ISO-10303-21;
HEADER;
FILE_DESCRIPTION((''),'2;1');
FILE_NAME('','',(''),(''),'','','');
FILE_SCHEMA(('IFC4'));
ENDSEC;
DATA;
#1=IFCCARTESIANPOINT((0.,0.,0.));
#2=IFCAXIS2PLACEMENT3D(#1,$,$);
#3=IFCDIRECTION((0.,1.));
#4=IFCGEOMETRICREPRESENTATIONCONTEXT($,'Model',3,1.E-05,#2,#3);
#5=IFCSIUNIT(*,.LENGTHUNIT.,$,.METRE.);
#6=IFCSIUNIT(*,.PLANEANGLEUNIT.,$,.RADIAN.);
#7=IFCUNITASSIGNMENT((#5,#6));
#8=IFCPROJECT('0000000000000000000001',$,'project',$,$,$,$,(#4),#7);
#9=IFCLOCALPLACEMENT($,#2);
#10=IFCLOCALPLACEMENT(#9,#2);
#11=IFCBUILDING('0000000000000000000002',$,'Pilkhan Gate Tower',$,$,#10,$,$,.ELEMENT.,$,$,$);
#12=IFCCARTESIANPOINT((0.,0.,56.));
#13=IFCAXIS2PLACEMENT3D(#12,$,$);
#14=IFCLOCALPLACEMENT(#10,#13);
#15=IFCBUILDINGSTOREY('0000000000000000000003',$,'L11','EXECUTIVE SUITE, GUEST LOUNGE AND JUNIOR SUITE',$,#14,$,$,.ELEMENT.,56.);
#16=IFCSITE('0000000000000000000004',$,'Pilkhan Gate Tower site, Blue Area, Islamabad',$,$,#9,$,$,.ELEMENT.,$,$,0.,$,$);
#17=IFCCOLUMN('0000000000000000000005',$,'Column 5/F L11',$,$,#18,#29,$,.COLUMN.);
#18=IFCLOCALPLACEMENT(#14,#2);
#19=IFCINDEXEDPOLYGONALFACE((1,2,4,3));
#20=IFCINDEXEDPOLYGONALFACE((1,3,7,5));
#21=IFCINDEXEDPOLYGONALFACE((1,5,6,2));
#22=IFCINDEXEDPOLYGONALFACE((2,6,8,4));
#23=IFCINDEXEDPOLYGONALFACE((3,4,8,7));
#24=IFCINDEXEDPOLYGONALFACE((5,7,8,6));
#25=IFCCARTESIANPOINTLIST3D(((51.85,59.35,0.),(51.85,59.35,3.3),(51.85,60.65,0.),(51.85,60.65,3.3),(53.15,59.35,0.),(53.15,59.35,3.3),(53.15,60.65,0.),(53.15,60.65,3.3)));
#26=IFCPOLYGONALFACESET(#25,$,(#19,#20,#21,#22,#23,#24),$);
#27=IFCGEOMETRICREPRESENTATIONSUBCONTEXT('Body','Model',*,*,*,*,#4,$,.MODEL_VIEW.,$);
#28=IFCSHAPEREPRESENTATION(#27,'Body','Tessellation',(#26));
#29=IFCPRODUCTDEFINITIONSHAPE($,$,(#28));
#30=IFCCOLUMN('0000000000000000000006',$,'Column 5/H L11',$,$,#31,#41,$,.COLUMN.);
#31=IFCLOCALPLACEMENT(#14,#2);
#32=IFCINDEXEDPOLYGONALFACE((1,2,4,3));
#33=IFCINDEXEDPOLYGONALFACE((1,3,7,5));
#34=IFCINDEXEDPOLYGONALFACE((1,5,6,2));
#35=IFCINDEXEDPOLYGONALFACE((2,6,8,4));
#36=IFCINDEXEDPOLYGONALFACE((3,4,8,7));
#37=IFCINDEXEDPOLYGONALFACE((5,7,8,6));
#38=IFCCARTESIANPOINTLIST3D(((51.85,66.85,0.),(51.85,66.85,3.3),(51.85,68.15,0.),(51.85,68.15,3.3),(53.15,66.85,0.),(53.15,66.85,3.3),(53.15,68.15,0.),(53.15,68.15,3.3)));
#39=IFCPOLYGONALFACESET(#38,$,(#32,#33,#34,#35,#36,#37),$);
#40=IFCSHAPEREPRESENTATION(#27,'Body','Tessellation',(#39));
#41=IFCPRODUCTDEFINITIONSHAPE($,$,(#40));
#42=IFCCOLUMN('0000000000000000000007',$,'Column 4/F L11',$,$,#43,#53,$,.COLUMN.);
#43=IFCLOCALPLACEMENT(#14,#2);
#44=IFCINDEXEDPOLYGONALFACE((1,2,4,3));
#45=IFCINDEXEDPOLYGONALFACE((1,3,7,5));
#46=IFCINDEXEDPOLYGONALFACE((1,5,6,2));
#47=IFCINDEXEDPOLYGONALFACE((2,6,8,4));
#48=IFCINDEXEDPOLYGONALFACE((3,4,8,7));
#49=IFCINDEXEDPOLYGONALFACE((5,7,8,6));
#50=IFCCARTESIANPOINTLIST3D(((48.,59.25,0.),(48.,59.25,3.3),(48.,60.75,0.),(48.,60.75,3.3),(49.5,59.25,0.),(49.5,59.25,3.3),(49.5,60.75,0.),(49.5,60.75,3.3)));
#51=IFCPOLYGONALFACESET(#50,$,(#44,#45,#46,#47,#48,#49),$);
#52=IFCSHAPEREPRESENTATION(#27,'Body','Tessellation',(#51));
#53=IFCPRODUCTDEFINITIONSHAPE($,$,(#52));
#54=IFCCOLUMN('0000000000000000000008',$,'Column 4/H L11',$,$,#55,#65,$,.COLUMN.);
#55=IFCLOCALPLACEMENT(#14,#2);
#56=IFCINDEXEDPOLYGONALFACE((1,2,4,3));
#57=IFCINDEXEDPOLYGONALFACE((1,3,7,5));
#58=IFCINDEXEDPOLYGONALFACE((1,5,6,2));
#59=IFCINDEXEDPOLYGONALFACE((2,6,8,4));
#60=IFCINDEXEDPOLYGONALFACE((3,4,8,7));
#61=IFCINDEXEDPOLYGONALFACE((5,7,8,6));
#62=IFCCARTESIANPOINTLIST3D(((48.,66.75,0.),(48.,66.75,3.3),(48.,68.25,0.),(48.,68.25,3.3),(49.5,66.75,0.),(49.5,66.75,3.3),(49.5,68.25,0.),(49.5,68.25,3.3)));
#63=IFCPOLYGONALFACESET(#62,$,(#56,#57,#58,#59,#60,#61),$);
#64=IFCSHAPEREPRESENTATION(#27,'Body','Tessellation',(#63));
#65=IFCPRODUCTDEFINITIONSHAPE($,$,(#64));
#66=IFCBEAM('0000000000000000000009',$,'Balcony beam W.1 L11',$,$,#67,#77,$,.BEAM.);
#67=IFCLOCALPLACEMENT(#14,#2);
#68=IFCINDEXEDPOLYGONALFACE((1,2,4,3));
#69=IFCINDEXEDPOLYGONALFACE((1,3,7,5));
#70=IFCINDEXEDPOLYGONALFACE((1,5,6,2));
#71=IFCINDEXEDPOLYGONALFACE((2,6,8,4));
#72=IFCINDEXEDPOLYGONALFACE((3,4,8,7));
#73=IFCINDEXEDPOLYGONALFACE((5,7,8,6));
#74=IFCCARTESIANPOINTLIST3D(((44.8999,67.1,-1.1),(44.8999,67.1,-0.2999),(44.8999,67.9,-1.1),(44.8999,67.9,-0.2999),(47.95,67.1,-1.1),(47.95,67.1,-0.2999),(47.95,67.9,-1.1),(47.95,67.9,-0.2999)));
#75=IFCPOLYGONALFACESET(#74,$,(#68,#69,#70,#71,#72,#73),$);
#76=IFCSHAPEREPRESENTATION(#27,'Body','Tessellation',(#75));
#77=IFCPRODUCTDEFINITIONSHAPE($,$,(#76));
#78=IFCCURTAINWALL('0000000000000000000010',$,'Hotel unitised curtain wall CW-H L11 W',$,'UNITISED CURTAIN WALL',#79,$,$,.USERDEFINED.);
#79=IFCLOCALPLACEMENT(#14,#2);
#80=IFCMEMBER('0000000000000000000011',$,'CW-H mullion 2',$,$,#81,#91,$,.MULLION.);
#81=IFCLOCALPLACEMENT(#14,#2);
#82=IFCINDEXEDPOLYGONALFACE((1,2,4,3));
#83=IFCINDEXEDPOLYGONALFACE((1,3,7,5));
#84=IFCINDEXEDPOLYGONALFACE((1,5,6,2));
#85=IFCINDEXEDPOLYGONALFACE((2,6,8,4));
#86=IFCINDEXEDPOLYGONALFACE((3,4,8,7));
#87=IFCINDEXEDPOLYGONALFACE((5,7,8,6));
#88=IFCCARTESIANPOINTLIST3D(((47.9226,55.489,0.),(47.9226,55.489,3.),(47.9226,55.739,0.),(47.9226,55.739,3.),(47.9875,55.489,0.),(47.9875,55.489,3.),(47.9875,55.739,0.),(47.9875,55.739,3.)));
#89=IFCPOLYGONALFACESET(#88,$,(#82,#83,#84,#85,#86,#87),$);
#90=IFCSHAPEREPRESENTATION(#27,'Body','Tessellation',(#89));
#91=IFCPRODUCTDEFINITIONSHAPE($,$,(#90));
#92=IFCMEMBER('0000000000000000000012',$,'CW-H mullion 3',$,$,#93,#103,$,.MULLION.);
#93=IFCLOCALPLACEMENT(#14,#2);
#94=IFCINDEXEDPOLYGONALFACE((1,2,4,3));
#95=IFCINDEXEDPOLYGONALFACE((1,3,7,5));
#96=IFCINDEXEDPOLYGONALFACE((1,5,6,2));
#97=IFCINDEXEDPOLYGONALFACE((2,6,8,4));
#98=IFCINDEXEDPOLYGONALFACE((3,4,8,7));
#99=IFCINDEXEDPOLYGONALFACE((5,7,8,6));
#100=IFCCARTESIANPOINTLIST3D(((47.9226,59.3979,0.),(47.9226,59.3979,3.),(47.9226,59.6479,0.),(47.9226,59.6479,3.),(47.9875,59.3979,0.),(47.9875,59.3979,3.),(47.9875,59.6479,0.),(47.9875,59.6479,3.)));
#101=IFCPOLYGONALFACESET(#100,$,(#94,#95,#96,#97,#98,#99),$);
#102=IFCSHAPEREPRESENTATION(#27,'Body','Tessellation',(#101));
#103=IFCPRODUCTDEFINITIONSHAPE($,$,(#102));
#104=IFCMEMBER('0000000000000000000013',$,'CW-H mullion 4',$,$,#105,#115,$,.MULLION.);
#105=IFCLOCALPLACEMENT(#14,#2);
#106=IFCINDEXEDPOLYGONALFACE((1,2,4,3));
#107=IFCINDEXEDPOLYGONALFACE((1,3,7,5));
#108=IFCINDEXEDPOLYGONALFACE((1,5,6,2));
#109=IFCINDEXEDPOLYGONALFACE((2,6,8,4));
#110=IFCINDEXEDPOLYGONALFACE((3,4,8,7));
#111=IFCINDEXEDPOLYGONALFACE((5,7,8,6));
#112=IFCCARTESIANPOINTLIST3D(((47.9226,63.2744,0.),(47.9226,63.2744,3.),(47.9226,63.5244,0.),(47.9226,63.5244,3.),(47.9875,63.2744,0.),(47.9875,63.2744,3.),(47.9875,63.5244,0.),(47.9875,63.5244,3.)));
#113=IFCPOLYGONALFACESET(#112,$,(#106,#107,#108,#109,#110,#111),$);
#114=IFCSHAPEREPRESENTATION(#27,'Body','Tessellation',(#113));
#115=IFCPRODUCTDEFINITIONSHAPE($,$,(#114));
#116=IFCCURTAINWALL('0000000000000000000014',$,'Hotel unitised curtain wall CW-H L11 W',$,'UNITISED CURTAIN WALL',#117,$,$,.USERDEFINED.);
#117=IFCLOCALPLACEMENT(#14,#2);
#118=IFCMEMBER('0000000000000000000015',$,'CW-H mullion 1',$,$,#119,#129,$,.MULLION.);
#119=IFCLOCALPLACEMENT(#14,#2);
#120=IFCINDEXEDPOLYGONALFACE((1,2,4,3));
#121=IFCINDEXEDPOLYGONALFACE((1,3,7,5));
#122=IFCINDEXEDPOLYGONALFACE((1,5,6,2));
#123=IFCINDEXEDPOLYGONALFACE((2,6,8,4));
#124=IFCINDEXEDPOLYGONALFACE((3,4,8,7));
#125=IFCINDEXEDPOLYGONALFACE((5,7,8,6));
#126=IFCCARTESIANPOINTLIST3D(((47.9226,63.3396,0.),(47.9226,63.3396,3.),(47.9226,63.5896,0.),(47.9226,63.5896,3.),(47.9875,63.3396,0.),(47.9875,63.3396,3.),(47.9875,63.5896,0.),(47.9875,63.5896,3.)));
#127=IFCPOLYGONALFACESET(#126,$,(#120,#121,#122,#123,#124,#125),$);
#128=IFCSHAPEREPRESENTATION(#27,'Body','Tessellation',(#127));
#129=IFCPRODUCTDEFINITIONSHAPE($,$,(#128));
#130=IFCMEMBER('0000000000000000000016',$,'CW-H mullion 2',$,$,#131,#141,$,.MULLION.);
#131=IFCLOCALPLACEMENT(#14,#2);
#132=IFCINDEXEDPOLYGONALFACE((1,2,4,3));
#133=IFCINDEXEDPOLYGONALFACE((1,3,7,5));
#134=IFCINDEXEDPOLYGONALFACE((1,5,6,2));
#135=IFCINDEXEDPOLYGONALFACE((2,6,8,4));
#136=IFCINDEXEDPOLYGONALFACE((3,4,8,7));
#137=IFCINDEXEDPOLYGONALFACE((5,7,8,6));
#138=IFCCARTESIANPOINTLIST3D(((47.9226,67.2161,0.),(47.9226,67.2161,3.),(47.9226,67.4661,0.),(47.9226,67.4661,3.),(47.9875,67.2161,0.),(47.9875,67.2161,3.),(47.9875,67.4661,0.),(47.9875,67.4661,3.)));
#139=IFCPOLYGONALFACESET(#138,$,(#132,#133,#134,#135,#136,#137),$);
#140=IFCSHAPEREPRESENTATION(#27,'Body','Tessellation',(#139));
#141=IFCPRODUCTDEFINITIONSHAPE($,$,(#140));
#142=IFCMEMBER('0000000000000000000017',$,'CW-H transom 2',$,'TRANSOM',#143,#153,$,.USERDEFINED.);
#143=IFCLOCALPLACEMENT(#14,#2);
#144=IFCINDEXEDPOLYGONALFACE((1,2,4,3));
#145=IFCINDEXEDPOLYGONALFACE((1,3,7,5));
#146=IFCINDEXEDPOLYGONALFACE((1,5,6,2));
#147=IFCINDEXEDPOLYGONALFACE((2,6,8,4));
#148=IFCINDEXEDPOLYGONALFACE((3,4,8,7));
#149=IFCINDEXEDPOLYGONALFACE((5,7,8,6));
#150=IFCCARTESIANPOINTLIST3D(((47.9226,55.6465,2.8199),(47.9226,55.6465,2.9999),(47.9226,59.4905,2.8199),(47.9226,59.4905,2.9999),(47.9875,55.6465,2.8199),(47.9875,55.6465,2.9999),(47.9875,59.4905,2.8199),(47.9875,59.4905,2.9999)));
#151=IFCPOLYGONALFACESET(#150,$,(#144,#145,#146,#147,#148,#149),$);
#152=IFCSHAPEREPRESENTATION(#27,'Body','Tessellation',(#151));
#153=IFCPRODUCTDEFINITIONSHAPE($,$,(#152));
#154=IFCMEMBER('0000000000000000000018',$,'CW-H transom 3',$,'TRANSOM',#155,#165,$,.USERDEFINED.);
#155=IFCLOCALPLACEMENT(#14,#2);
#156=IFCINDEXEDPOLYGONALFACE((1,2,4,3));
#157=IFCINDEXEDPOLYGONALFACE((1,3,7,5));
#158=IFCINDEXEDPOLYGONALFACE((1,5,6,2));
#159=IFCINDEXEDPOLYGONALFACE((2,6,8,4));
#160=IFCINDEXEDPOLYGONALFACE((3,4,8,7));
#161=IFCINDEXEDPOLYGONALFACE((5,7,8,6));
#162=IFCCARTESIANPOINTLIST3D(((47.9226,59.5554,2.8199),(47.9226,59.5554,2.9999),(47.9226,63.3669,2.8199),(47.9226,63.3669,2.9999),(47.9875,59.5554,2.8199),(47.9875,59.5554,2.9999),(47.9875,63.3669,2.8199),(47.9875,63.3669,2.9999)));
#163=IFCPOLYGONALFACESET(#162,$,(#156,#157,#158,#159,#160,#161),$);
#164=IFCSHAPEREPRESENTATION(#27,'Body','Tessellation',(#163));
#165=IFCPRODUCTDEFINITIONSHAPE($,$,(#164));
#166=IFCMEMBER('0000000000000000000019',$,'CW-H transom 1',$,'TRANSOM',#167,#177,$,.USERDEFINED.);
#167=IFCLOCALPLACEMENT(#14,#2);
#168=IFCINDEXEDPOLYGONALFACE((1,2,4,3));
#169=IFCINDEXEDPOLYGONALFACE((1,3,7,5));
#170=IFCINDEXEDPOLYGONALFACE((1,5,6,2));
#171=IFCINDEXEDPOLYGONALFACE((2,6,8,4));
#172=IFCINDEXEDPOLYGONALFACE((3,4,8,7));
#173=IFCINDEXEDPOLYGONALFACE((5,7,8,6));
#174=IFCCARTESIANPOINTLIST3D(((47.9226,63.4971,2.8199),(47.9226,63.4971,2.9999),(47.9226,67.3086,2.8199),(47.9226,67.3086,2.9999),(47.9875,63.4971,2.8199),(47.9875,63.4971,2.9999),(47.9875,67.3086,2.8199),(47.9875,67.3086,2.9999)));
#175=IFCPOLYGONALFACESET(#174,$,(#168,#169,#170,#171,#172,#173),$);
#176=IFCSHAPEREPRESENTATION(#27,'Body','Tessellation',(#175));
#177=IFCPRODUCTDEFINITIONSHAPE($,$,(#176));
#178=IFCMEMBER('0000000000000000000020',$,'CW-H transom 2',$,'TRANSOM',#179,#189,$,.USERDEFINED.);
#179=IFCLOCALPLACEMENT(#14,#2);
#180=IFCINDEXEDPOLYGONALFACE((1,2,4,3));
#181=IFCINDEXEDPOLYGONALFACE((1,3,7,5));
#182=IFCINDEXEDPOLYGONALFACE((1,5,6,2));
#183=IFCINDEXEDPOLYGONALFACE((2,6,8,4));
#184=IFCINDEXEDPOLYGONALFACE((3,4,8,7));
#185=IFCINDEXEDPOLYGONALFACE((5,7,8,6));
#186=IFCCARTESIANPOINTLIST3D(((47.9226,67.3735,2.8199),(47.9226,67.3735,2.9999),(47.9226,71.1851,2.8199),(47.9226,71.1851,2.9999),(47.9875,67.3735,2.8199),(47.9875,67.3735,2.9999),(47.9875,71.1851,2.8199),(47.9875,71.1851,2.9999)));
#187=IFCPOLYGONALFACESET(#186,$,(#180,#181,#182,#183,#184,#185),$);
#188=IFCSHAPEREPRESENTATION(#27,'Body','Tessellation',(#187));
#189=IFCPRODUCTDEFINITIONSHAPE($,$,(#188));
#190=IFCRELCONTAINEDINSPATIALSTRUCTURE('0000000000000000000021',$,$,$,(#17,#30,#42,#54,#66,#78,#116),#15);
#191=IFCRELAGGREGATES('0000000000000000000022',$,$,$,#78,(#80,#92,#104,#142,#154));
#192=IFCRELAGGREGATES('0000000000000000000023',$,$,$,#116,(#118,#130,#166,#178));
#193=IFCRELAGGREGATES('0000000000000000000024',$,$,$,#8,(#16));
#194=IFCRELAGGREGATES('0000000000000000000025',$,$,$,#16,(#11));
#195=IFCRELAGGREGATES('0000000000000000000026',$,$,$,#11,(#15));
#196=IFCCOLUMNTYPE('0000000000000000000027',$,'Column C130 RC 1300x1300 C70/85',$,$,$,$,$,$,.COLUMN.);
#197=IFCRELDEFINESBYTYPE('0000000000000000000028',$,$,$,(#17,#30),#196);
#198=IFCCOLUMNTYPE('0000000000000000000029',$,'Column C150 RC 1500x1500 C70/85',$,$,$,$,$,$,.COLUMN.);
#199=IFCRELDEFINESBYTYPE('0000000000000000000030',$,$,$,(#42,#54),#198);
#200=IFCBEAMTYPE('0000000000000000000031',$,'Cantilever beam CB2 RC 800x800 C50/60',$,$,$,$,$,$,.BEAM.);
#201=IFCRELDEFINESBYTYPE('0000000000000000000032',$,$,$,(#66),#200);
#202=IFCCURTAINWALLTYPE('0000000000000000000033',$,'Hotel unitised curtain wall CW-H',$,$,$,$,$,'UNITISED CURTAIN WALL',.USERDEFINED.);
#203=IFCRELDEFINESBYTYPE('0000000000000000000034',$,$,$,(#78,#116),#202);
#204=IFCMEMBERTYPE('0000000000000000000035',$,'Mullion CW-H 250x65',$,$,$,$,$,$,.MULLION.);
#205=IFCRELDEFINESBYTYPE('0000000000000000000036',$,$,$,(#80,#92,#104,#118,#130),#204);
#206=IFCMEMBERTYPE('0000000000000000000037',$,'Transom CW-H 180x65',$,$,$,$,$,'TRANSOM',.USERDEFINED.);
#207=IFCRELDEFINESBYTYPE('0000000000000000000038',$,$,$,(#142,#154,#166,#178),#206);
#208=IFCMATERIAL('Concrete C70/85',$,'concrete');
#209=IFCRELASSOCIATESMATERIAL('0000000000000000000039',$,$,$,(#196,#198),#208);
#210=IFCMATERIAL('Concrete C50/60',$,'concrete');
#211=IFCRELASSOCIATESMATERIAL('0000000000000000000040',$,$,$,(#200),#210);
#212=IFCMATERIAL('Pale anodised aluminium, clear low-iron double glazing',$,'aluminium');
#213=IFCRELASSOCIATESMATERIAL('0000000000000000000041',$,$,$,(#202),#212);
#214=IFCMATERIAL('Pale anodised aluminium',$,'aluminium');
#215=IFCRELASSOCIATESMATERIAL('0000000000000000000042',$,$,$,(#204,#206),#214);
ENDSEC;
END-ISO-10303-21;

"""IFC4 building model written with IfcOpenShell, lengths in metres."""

from ifc_helpers import new_model, si_unit, direction, frame, origin, origin_2d, place, context, subcontext, project, spatial, rectangle, extrude, material, material_profile, profile_set, type_object, element, aggregate, save


model = new_model("IFC4")

# Units and contexts
model_context = context("Model", 3, precision=1e-05, world=origin(), true_north=direction((0.0, 1.0)))
body_context = subcontext(model_context, "Body", "Model", "MODEL_VIEW")
ifc_project = project(units=[si_unit("LENGTHUNIT", "METRE"), si_unit("PLANEANGLEUNIT", "RADIAN")], contexts=[model_context])

# Site, building, storey
site_placement = place(None, origin())
site = spatial("IfcSite", under=ifc_project, at=site_placement, Name="Pilkhan Gate Tower site, Blue Area, Islamabad", CompositionType="ELEMENT", RefElevation=0.0)
building_placement = place(site_placement, origin())
building = spatial("IfcBuilding", under=site, at=building_placement, Name="Pilkhan Gate Tower", CompositionType="ELEMENT")
storey_placement = place(building_placement, frame((0.0, 0.0, 56.0)))
storey = spatial("IfcBuildingStorey", under=building, at=storey_placement, Name="L11", Description="EXECUTIVE SUITE, GUEST LOUNGE AND JUNIOR SUITE", CompositionType="ELEMENT", Elevation=56.0)

# Columns
ifc_material_1 = material(Name="Concrete C70/85", Category="concrete")
ifc_material_profile_1 = material_profile(ifc_material_1, rectangle(XDim=1.3, YDim=1.3, at=origin_2d()), Name="RC 1300x1300")
ifc_profile_set_1 = profile_set([ifc_material_profile_1], Name="Concrete C70/85")
column_type_1 = type_object("IfcColumnType", Name="Column C130 RC 1300x1300 C70/85", PredefinedType="COLUMN", material=ifc_profile_set_1)
for number, where, z_axis, x_axis, name in (
    (1, (52.5, 60.0, 0.0), (0.0, 0.0, 1.0), (1.0, 0.0, 0.0), "Column 5/F L11"),
    (2, (52.5, 67.5, 0.0), (0.0, 0.0, 1.0), (1.0, 0.0, 0.0), "Column 5/H L11"),
):
    element("IfcColumn", number, at=place(storey_placement, frame(where, z_axis=z_axis, x_axis=x_axis)), inside=storey, type_object=column_type_1, Name=name, PredefinedType="COLUMN", context=body_context, shape_type="SweptSolid", body=[
        extrude(rectangle(XDim=1.3, YDim=1.3, at=origin_2d()), origin(), (0.0, 0.0, 1.0), 3.3),
    ])
ifc_material_profile_2 = material_profile(ifc_material_1, rectangle(XDim=1.5, YDim=1.5, at=origin_2d()), Name="RC 1500x1500")
ifc_profile_set_2 = profile_set([ifc_material_profile_2], Name="Concrete C70/85")
column_type_2 = type_object("IfcColumnType", Name="Column C150 RC 1500x1500 C70/85", PredefinedType="COLUMN", material=ifc_profile_set_2)
for number, where, z_axis, x_axis, name in (
    (3, (48.75, 60.0, 0.0), (0.0, 0.0, 1.0), (1.0, 0.0, 0.0), "Column 4/F L11"),
    (4, (48.75, 67.5, 0.0), (0.0, 0.0, 1.0), (1.0, 0.0, 0.0), "Column 4/H L11"),
):
    element("IfcColumn", number, at=place(storey_placement, frame(where, z_axis=z_axis, x_axis=x_axis)), inside=storey, type_object=column_type_2, Name=name, PredefinedType="COLUMN", context=body_context, shape_type="SweptSolid", body=[
        extrude(rectangle(XDim=1.5, YDim=1.5, at=origin_2d()), origin(), (0.0, 0.0, 1.0), 3.3),
    ])

# Beam
ifc_material_2 = material(Name="Concrete C50/60", Category="concrete")
ifc_material_profile_3 = material_profile(ifc_material_2, rectangle(XDim=0.8, YDim=0.8, at=origin_2d()), Name="RC 800x800")
ifc_profile_set_3 = profile_set([ifc_material_profile_3], Name="Concrete C50/60")
beam_type = type_object("IfcBeamType", Name="Cantilever beam CB2 RC 800x800 C50/60", PredefinedType="BEAM", material=ifc_profile_set_3)
beam_placement = place(storey_placement, frame((47.95, 67.5, -0.7), z_axis=(-1.0, 0.0, 0.0), x_axis=(0.0, -1.0, 0.0)))
element("IfcBeam", 5, at=beam_placement, inside=storey, type_object=beam_type, Name="Balcony beam W.1 L11", PredefinedType="BEAM", context=body_context, shape_type="SweptSolid", body=[
    extrude(rectangle(XDim=0.8, YDim=0.8, at=origin_2d()), origin(), (0.0, 0.0, 1.0), 3.05),
])

# Curtain walls, members
ifc_material_3 = material(Name="Pale anodised aluminium, clear low-iron double glazing", Category="aluminium")
curtain_wall_type = type_object("IfcCurtainWallType", Name="Hotel unitised curtain wall CW-H", ElementType="UNITISED CURTAIN WALL", PredefinedType="USERDEFINED", material=ifc_material_3)
curtain_wall_1_placement = place(storey_placement, origin())
curtain_wall_1 = element("IfcCurtainWall", 6, at=curtain_wall_1_placement, inside=storey, type_object=curtain_wall_type, Name="Hotel unitised curtain wall CW-H L11 W", ObjectType="UNITISED CURTAIN WALL", PredefinedType="USERDEFINED")
ifc_material_4 = material(Name="Pale anodised aluminium", Category="aluminium")
ifc_material_profile_4 = material_profile(ifc_material_4, rectangle(XDim=0.0649, YDim=0.25, at=origin_2d()), Name="Mullion 250x65")
ifc_profile_set_4 = profile_set([ifc_material_profile_4], Name="Pale anodised aluminium")
member_type_1 = type_object("IfcMemberType", Name="Mullion CW-H 250x65", PredefinedType="MULLION", material=ifc_profile_set_4)
member_1_placement = place(storey_placement, frame((47.9551, 55.614, 0.0), z_axis=(0.0, 0.0, 1.0), x_axis=(-1.0, 0.0, 0.0)))
member_1 = element("IfcMember", 7, at=member_1_placement, type_object=member_type_1, Name="CW-H mullion 2", PredefinedType="MULLION", context=body_context, shape_type="SweptSolid", body=[
    extrude(rectangle(XDim=0.0649, YDim=0.25, at=origin_2d()), origin(), (0.0, 0.0, 1.0), 3.0),
])
member_2_placement = place(storey_placement, frame((47.9551, 59.5229, 0.0), z_axis=(0.0, 0.0, 1.0), x_axis=(-1.0, 0.0, 0.0)))
member_2 = element("IfcMember", 8, at=member_2_placement, type_object=member_type_1, Name="CW-H mullion 3", PredefinedType="MULLION", context=body_context, shape_type="SweptSolid", body=[
    extrude(rectangle(XDim=0.0649, YDim=0.25, at=origin_2d()), origin(), (0.0, 0.0, 1.0), 3.0),
])
member_3_placement = place(storey_placement, frame((47.9551, 63.3994, 0.0), z_axis=(0.0, 0.0, 1.0), x_axis=(-1.0, 0.0, 0.0)))
member_3 = element("IfcMember", 9, at=member_3_placement, type_object=member_type_1, Name="CW-H mullion 4", PredefinedType="MULLION", context=body_context, shape_type="SweptSolid", body=[
    extrude(rectangle(XDim=0.0649, YDim=0.25, at=origin_2d()), origin(), (0.0, 0.0, 1.0), 3.0),
])
curtain_wall_2_placement = place(storey_placement, origin())
curtain_wall_2 = element("IfcCurtainWall", 10, at=curtain_wall_2_placement, inside=storey, type_object=curtain_wall_type, Name="Hotel unitised curtain wall CW-H L11 W", ObjectType="UNITISED CURTAIN WALL", PredefinedType="USERDEFINED")
member_4_placement = place(storey_placement, frame((47.9551, 63.4646, 0.0), z_axis=(0.0, 0.0, 1.0), x_axis=(-1.0, 0.0, 0.0)))
member_4 = element("IfcMember", 11, at=member_4_placement, type_object=member_type_1, Name="CW-H mullion 1", PredefinedType="MULLION", context=body_context, shape_type="SweptSolid", body=[
    extrude(rectangle(XDim=0.0649, YDim=0.25, at=origin_2d()), origin(), (0.0, 0.0, 1.0), 3.0),
])
member_5_placement = place(storey_placement, frame((47.9551, 67.3411, 0.0), z_axis=(0.0, 0.0, 1.0), x_axis=(-1.0, 0.0, 0.0)))
member_5 = element("IfcMember", 12, at=member_5_placement, type_object=member_type_1, Name="CW-H mullion 2", PredefinedType="MULLION", context=body_context, shape_type="SweptSolid", body=[
    extrude(rectangle(XDim=0.0649, YDim=0.25, at=origin_2d()), origin(), (0.0, 0.0, 1.0), 3.0),
])

# Members
ifc_material_profile_5 = material_profile(ifc_material_4, rectangle(XDim=0.0649, YDim=0.1799, at=origin_2d()), Name="Transom 180x65")
ifc_profile_set_5 = profile_set([ifc_material_profile_5], Name="Pale anodised aluminium")
member_type_2 = type_object("IfcMemberType", Name="Transom CW-H 180x65", ElementType="TRANSOM", PredefinedType="USERDEFINED", material=ifc_profile_set_5)
member_6_placement = place(storey_placement, frame((47.9551, 55.6465, 2.9099), z_axis=(0.0, 1.0, 0.0), x_axis=(-1.0, 0.0, 0.0)))
member_6 = element("IfcMember", 13, at=member_6_placement, type_object=member_type_2, Name="CW-H transom 2", ObjectType="TRANSOM", PredefinedType="USERDEFINED", context=body_context, shape_type="SweptSolid", body=[
    extrude(rectangle(XDim=0.0649, YDim=0.1799, at=origin_2d()), origin(), (0.0, 0.0, 1.0), 3.844),
])
member_7_placement = place(storey_placement, frame((47.9551, 59.5554, 2.9099), z_axis=(0.0, 1.0, 0.0), x_axis=(-1.0, 0.0, 0.0)))
member_7 = element("IfcMember", 14, at=member_7_placement, type_object=member_type_2, Name="CW-H transom 3", ObjectType="TRANSOM", PredefinedType="USERDEFINED", context=body_context, shape_type="SweptSolid", body=[
    extrude(rectangle(XDim=0.0649, YDim=0.1799, at=origin_2d()), origin(), (0.0, 0.0, 1.0), 3.8115),
])
member_8_placement = place(storey_placement, frame((47.9551, 63.4971, 2.9099), z_axis=(0.0, 1.0, 0.0), x_axis=(-1.0, 0.0, 0.0)))
member_8 = element("IfcMember", 15, at=member_8_placement, type_object=member_type_2, Name="CW-H transom 1", ObjectType="TRANSOM", PredefinedType="USERDEFINED", context=body_context, shape_type="SweptSolid", body=[
    extrude(rectangle(XDim=0.0649, YDim=0.1799, at=origin_2d()), origin(), (0.0, 0.0, 1.0), 3.8115),
])
member_9_placement = place(storey_placement, frame((47.9551, 67.3735, 2.9099), z_axis=(0.0, 1.0, 0.0), x_axis=(-1.0, 0.0, 0.0)))
member_9 = element("IfcMember", 16, at=member_9_placement, type_object=member_type_2, Name="CW-H transom 2", ObjectType="TRANSOM", PredefinedType="USERDEFINED", context=body_context, shape_type="SweptSolid", body=[
    extrude(rectangle(XDim=0.0649, YDim=0.1799, at=origin_2d()), origin(), (0.0, 0.0, 1.0), 3.8115),
])

aggregate(curtain_wall_1, [member_1, member_2, member_3, member_6, member_7])
aggregate(curtain_wall_2, [member_4, member_5, member_8, member_9])

save(model, "model.ifc")
